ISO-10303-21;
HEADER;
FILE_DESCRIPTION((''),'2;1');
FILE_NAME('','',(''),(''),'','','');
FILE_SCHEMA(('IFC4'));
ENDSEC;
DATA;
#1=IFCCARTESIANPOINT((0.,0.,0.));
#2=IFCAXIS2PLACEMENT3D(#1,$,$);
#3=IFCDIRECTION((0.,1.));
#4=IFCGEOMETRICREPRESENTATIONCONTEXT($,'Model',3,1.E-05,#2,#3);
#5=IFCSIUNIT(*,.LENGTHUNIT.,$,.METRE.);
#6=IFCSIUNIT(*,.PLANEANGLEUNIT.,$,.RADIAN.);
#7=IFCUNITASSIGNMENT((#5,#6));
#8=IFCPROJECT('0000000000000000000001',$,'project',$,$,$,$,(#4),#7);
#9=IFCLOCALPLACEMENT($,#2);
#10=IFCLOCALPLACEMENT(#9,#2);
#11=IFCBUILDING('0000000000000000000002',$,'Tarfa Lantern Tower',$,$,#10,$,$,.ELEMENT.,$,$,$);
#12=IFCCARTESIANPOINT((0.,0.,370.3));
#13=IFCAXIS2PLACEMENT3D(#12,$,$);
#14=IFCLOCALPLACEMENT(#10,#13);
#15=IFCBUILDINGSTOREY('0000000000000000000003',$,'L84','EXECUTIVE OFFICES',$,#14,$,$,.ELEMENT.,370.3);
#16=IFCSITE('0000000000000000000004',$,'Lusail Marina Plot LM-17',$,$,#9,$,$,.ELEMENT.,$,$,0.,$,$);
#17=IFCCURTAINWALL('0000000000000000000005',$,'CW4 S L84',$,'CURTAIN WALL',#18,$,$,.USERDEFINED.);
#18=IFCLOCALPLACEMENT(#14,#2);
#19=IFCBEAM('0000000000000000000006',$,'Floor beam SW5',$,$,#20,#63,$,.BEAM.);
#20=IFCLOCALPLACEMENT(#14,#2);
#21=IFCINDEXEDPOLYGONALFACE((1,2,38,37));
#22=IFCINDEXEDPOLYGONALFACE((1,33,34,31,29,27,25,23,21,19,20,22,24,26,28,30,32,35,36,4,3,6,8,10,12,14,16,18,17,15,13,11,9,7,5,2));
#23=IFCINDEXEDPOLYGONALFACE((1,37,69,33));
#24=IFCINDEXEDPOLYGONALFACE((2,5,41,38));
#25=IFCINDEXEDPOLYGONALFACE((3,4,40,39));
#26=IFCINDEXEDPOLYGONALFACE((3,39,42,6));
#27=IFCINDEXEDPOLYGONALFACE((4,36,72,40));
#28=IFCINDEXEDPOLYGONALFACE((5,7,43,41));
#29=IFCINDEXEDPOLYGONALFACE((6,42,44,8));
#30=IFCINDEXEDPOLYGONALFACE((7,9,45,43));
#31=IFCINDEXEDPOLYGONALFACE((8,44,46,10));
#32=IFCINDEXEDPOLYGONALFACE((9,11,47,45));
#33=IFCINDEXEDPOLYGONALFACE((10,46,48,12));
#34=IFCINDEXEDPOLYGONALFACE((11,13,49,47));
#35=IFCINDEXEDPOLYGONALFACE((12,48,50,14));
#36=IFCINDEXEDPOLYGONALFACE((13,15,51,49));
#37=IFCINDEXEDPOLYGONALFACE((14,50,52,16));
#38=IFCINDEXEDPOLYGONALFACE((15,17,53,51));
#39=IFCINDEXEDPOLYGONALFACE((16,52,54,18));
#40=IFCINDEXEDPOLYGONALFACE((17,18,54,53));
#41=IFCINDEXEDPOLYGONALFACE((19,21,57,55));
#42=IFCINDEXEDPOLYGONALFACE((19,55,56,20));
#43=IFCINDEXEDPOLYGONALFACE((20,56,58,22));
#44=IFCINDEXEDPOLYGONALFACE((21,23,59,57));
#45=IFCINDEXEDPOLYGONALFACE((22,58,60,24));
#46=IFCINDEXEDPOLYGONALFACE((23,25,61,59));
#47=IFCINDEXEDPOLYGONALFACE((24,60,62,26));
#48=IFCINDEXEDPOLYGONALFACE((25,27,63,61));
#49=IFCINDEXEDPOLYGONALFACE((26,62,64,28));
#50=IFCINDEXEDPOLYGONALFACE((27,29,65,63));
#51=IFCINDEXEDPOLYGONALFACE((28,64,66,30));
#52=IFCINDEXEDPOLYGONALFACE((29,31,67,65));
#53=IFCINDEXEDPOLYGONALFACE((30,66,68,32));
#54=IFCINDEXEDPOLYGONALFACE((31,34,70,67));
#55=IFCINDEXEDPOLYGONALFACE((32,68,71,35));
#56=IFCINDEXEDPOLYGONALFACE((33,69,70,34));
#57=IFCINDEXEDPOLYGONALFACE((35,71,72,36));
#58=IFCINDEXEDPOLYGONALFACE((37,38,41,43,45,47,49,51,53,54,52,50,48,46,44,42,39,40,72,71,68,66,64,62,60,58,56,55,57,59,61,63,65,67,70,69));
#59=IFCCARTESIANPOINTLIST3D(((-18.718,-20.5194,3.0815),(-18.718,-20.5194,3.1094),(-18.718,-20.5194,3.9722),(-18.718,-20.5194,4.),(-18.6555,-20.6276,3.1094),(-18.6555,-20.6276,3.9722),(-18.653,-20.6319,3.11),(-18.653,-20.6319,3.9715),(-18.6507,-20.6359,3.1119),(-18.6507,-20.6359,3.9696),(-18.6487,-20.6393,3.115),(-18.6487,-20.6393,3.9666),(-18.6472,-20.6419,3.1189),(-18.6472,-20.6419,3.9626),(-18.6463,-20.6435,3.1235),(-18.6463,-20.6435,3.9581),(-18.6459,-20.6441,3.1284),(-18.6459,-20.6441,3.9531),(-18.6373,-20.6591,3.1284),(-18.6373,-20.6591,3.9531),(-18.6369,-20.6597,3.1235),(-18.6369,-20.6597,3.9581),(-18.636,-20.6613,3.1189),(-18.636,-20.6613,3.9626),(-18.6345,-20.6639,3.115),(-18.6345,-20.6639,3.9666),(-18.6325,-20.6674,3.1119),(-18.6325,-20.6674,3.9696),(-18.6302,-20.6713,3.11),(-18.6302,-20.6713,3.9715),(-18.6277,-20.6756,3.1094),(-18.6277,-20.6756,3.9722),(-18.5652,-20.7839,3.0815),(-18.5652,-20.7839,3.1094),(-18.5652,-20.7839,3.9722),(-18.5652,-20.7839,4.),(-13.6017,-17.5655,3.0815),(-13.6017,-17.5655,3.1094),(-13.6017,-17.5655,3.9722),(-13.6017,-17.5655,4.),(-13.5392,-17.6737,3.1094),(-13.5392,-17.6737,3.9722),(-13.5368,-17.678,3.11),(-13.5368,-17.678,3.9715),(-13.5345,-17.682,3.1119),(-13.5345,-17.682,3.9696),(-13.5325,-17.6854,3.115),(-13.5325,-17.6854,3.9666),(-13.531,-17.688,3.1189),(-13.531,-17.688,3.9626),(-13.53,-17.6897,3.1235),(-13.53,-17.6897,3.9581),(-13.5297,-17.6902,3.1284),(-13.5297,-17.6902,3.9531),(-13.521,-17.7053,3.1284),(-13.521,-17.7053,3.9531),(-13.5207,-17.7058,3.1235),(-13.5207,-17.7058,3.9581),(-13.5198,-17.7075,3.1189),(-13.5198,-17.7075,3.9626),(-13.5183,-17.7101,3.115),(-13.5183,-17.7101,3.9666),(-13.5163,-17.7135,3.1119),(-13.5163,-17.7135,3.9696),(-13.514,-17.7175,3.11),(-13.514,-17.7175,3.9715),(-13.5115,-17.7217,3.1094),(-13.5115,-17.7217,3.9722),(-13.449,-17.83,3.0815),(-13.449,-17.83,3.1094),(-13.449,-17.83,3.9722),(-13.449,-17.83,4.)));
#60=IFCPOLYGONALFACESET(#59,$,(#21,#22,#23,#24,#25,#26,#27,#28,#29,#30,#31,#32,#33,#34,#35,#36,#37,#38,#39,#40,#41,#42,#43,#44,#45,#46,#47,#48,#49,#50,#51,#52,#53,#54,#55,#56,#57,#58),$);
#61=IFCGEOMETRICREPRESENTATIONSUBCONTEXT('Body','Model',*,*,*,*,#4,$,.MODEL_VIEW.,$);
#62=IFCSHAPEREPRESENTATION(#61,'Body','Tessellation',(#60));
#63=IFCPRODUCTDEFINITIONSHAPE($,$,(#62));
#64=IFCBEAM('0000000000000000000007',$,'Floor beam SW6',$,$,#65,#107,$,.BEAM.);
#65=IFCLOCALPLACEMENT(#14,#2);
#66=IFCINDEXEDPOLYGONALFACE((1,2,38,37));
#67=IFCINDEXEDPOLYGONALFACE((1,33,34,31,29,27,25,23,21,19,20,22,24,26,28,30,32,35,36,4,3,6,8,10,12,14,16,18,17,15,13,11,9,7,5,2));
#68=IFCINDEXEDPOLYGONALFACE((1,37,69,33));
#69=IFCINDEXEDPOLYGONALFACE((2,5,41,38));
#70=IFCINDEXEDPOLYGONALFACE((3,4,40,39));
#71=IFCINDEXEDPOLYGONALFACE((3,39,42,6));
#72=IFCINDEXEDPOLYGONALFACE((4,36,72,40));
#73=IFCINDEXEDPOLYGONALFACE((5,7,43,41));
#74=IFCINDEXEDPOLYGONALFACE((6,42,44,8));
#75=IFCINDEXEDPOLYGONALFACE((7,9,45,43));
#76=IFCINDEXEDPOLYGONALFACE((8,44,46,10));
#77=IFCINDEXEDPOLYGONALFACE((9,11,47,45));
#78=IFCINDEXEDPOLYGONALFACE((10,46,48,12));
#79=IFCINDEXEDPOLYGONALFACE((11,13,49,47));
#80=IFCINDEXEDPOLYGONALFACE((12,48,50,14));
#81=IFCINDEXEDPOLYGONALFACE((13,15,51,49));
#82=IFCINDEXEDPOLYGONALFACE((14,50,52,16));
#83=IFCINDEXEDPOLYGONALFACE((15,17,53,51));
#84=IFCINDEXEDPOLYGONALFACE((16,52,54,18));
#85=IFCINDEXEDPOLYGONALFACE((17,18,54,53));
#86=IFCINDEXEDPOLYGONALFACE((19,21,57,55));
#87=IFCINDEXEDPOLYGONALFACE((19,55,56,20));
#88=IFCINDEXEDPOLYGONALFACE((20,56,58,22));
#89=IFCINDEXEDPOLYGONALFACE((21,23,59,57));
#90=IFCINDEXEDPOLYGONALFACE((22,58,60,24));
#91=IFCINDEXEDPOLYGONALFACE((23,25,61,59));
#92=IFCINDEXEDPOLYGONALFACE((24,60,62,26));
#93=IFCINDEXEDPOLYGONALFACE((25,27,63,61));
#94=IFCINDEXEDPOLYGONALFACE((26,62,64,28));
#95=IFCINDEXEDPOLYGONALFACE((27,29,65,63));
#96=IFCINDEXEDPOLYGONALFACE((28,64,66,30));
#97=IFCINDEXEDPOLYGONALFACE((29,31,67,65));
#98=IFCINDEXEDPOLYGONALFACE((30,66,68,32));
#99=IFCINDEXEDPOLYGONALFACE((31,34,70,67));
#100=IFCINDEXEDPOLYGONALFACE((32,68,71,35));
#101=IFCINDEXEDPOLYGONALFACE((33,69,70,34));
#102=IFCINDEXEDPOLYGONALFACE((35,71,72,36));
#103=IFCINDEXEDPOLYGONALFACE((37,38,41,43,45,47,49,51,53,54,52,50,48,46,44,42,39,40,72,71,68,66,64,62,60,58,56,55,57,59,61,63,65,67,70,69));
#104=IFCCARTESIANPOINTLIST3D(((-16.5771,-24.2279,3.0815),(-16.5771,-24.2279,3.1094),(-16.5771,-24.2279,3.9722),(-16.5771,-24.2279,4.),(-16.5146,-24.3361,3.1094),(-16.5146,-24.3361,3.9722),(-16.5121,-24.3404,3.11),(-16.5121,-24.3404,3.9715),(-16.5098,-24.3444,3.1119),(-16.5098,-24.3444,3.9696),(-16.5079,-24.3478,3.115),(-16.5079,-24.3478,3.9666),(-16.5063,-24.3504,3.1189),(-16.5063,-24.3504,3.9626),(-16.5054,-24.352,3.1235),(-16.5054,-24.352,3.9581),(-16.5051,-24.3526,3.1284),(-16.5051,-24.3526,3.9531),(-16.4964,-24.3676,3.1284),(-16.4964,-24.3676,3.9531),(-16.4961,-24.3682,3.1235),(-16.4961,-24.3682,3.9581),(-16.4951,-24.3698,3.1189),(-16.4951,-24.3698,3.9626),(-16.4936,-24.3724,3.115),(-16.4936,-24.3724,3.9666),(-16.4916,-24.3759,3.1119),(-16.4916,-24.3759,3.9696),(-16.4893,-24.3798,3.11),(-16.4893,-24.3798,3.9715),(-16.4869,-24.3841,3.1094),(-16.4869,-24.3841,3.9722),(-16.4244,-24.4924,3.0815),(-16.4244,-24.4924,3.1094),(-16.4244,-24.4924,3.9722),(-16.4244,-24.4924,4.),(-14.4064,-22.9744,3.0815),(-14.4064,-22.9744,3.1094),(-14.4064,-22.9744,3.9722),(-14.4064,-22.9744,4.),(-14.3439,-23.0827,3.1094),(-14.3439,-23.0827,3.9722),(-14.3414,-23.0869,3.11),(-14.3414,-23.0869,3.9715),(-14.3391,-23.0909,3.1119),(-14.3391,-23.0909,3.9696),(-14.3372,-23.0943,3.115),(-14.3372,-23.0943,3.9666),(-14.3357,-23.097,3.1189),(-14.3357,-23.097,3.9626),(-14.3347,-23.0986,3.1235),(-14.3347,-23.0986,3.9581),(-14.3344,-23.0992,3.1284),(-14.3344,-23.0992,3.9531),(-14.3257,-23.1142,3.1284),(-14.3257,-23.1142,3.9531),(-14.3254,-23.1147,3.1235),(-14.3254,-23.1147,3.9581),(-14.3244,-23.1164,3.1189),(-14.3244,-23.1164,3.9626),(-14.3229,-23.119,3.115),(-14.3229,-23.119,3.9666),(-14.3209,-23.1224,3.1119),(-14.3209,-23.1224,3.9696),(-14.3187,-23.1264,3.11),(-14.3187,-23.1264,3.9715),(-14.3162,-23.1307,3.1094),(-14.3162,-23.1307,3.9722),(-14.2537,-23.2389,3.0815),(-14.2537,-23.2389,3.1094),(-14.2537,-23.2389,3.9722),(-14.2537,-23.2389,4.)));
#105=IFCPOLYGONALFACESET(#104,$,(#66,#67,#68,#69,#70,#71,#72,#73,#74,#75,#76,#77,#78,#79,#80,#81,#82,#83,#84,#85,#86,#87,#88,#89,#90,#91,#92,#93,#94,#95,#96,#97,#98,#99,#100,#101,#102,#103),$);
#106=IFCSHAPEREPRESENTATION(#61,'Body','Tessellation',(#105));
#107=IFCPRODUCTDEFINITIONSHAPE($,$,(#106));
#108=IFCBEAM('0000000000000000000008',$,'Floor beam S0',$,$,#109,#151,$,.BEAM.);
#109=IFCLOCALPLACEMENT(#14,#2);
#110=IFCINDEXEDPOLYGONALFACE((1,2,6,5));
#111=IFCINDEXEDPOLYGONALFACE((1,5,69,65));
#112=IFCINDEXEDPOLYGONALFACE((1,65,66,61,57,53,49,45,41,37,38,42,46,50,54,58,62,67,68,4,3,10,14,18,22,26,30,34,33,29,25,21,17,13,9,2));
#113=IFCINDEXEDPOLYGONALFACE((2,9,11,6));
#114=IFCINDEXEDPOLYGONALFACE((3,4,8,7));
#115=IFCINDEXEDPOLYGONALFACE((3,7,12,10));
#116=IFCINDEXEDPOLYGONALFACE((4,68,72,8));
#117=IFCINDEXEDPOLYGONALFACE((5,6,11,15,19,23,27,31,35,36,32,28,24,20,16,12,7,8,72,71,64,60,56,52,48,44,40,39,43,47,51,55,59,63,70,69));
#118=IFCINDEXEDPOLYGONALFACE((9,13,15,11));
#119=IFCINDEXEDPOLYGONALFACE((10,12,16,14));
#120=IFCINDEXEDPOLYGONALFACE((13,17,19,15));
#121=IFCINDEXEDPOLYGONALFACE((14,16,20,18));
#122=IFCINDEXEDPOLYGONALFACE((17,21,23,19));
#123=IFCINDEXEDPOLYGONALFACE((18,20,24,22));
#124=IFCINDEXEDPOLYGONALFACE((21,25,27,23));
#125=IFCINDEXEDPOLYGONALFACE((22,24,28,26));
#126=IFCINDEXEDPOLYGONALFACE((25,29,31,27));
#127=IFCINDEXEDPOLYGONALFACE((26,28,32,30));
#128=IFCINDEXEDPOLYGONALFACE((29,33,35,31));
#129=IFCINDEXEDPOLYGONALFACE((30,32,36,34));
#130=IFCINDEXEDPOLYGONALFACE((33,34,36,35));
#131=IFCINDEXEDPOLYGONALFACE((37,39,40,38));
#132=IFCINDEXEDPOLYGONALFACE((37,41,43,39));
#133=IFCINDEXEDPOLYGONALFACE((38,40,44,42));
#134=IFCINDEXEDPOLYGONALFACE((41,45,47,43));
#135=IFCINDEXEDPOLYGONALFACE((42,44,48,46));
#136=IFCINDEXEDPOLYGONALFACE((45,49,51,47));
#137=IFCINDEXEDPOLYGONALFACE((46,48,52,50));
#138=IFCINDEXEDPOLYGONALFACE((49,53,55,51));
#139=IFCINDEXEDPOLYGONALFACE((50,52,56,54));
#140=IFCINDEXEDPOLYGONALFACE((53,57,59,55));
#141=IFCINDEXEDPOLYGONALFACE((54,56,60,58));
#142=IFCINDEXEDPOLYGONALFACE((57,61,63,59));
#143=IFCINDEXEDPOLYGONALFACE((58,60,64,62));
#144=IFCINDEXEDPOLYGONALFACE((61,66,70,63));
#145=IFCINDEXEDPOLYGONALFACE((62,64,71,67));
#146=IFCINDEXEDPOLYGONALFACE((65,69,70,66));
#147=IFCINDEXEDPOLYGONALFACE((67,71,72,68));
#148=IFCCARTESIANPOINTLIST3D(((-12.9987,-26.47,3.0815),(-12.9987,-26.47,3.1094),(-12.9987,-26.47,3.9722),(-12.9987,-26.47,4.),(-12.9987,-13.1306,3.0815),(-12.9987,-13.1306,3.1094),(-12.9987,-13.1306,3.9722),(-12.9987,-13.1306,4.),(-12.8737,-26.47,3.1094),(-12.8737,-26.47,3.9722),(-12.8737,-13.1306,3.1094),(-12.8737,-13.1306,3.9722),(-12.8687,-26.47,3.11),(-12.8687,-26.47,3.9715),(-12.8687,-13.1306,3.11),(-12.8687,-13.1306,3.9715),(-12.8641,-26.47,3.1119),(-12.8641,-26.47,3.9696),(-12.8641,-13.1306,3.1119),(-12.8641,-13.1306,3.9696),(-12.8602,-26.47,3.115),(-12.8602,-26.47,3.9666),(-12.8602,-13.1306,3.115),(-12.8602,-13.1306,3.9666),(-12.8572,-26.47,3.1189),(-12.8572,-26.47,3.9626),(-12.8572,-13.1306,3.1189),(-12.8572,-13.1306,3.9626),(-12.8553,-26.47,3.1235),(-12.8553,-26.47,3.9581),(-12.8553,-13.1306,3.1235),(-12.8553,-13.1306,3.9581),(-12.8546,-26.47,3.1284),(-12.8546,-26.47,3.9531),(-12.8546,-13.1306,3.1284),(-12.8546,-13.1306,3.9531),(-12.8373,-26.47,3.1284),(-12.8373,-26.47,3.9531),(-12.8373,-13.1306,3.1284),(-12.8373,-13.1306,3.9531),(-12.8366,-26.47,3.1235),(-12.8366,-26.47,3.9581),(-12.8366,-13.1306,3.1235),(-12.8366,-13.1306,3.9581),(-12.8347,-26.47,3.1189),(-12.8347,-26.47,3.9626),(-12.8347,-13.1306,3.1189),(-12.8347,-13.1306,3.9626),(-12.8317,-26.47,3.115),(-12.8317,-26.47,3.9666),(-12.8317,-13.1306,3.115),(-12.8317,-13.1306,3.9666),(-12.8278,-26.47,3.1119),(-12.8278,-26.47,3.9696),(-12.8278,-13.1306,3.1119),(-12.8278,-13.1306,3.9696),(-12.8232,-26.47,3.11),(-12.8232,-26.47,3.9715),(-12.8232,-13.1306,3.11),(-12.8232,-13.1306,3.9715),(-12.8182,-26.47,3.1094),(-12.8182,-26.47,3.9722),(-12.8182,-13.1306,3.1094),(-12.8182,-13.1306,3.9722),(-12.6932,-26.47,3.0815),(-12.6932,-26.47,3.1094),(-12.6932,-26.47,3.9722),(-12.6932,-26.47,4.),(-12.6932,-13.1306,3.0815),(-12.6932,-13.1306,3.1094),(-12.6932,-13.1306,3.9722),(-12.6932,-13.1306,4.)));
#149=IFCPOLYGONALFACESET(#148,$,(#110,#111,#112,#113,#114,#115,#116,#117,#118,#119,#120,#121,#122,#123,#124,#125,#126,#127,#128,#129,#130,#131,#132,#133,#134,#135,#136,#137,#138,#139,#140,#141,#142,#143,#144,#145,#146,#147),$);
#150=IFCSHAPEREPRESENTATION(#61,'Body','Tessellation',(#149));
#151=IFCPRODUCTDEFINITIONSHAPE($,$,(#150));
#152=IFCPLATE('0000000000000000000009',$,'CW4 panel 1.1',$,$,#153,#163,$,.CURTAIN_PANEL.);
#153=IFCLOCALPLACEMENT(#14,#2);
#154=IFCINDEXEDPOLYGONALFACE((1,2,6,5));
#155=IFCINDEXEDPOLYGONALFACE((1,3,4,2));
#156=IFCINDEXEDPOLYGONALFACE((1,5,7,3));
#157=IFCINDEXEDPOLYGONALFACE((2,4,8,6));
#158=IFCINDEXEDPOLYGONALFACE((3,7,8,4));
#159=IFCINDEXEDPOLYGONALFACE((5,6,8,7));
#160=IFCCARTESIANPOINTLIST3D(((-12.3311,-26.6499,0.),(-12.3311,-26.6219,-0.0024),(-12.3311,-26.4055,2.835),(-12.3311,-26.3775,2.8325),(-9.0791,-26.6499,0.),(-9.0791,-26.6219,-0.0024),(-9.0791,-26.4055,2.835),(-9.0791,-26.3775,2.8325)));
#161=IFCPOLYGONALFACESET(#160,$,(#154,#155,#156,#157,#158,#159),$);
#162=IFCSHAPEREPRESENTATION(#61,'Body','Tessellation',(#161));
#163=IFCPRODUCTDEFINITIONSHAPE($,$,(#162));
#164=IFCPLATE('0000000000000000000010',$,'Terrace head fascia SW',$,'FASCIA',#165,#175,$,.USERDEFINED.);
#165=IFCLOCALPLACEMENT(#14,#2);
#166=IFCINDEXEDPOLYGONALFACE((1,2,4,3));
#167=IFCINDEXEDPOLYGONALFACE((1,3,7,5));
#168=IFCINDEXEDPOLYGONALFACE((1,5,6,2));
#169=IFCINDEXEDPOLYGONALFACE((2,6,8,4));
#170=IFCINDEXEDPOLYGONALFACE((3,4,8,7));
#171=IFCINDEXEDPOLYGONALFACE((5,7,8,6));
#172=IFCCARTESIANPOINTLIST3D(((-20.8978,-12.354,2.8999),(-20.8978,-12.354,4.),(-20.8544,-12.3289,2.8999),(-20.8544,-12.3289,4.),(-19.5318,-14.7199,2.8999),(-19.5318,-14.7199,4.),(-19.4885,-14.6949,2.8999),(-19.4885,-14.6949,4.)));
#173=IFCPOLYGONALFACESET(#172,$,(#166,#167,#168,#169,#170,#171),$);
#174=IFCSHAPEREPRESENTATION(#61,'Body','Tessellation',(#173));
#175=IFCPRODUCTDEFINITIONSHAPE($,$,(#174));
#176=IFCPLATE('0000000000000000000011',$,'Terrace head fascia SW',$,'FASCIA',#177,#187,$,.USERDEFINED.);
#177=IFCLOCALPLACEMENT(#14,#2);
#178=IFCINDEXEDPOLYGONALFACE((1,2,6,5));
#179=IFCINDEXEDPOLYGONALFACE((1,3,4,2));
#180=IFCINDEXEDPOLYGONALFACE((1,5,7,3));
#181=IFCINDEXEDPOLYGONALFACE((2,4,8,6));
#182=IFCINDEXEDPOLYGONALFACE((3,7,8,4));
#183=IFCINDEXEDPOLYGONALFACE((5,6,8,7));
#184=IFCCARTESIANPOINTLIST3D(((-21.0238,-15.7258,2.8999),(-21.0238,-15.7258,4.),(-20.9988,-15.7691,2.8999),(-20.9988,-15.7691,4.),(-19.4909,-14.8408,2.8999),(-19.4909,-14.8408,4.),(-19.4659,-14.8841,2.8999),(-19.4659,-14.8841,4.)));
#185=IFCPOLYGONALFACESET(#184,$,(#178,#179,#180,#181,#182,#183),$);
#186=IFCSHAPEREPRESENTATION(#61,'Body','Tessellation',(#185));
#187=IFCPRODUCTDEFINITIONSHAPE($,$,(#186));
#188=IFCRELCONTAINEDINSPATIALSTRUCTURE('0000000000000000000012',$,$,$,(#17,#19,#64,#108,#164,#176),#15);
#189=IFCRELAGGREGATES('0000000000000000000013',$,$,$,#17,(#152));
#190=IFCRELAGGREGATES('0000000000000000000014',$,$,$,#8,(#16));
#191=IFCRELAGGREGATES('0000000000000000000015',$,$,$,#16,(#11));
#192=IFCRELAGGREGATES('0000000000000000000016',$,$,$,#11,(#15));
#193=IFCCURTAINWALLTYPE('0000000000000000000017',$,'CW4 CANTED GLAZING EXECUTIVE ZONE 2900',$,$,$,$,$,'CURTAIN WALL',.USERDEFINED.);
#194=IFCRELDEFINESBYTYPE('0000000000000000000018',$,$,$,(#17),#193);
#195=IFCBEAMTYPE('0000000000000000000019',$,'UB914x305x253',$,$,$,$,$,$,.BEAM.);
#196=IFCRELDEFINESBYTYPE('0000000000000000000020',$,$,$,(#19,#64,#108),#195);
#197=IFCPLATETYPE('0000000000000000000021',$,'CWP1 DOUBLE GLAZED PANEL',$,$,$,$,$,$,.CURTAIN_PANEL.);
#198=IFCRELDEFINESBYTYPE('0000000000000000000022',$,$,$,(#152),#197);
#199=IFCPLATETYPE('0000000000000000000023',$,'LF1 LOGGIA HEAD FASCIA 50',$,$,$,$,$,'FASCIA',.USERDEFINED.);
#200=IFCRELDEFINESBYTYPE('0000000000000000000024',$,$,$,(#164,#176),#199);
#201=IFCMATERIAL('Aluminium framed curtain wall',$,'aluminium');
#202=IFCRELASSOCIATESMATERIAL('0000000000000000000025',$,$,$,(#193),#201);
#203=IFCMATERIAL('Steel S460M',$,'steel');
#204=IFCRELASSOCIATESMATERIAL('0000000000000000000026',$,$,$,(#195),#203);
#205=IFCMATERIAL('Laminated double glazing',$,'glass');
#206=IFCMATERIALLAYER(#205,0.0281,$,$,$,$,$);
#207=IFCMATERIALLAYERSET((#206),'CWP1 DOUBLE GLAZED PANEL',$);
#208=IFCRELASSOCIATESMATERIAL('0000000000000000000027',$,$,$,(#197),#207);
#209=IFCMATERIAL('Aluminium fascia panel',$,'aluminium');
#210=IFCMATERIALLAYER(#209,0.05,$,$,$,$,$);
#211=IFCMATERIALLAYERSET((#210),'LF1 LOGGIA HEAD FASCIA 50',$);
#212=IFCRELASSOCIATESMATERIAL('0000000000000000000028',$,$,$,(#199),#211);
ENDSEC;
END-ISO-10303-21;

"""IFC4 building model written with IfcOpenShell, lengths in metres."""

from ifc_helpers import new_model, si_unit, direction, frame, origin, origin_2d, place, context, subcontext, project, spatial, polyline, rectangle, i_section, outline, extrude, material, layer, layer_set, material_profile, profile_set, type_object, element, aggregate, save


model = new_model("IFC4")

# Units and contexts
model_context = context("Model", 3, precision=1e-05, world=origin(), true_north=direction((0.0, 1.0)))
body_context = subcontext(model_context, "Body", "Model", "MODEL_VIEW")
ifc_project = project(units=[si_unit("LENGTHUNIT", "METRE"), si_unit("PLANEANGLEUNIT", "RADIAN")], contexts=[model_context])

# Site, building, storey
site_placement = place(None, origin())
site = spatial("IfcSite", under=ifc_project, at=site_placement, Name="Lusail Marina Plot LM-17", CompositionType="ELEMENT", RefElevation=0.0)
building_placement = place(site_placement, origin())
building = spatial("IfcBuilding", under=site, at=building_placement, Name="Tarfa Lantern Tower", CompositionType="ELEMENT")
storey_placement = place(building_placement, frame((0.0, 0.0, 370.3)))
storey = spatial("IfcBuildingStorey", under=building, at=storey_placement, Name="L84", Description="EXECUTIVE OFFICES", CompositionType="ELEMENT", Elevation=370.3)

# Curtain wall
ifc_material_1 = material(Name="Aluminium framed curtain wall", Category="aluminium")
curtain_wall_type = type_object("IfcCurtainWallType", Name="CW4 CANTED GLAZING EXECUTIVE ZONE 2900", ElementType="CURTAIN WALL", PredefinedType="USERDEFINED", material=ifc_material_1)
curtain_wall_placement = place(storey_placement, origin())
curtain_wall = element("IfcCurtainWall", 1, at=curtain_wall_placement, inside=storey, type_object=curtain_wall_type, Name="CW4 S L84", ObjectType="CURTAIN WALL", PredefinedType="USERDEFINED")

# Beams
ifc_material_2 = material(Name="Steel S460M", Category="steel")
ifc_material_profile_1 = material_profile(ifc_material_2, i_section(OverallWidth=0.3054, OverallDepth=0.9185, WebThickness=0.0173, FlangeThickness=0.0278, FilletRadius=0.019, at=origin_2d()), Name="UB914x305x253")
ifc_profile_set_1 = profile_set([ifc_material_profile_1], Name="Steel S460M")
beam_type_1 = type_object("IfcBeamType", Name="UB914x305x253", PredefinedType="BEAM", material=ifc_profile_set_1)
beam_1_placement = place(storey_placement, frame((-18.6416, -20.6516, 3.5408), z_axis=(0.866025, 0.500001, 0.0), x_axis=(-0.500001, 0.866025, 0.0)))
element("IfcBeam", 2, at=beam_1_placement, inside=storey, type_object=beam_type_1, Name="Floor beam SW5", PredefinedType="BEAM", context=body_context, shape_type="SweptSolid", body=[
    extrude(i_section(OverallWidth=0.3054, OverallDepth=0.9185, WebThickness=0.0173, FlangeThickness=0.0278, FilletRadius=0.019, at=origin_2d()), origin(), (0.0, 0.0, 1.0), 5.9077),
])
beam_2_placement = place(storey_placement, frame((-16.5007, -24.3601, 3.5408), z_axis=(0.865993, 0.500057, 0.0), x_axis=(-0.500057, 0.865993, 0.0)))
element("IfcBeam", 3, at=beam_2_placement, inside=storey, type_object=beam_type_1, Name="Floor beam SW6", PredefinedType="BEAM", context=body_context, shape_type="SweptSolid", body=[
    extrude(i_section(OverallWidth=0.3054, OverallDepth=0.9185, WebThickness=0.0173, FlangeThickness=0.0278, FilletRadius=0.019, at=origin_2d()), origin(), (0.0, 0.0, 1.0), 2.5066),
])
beam_3_placement = place(storey_placement, frame((-12.8459, -26.47, 3.5408), z_axis=(0.0, 1.0, 0.0), x_axis=(-1.0, 0.0, 0.0)))
element("IfcBeam", 4, at=beam_3_placement, inside=storey, type_object=beam_type_1, Name="Floor beam S0", PredefinedType="BEAM", context=body_context, shape_type="SweptSolid", body=[
    extrude(i_section(OverallWidth=0.3054, OverallDepth=0.9185, WebThickness=0.0173, FlangeThickness=0.0278, FilletRadius=0.019, at=origin_2d()), origin(), (0.0, 0.0, 1.0), 13.3394),
])

# Plate
ifc_material_3 = material(Name="Laminated double glazing", Category="glass")
ifc_layer_1 = layer(ifc_material_3, 0.0281)
ifc_layer_set_1 = layer_set([ifc_layer_1], Name="CWP1 DOUBLE GLAZED PANEL")
plate_type_1 = type_object("IfcPlateType", Name="CWP1 DOUBLE GLAZED PANEL", PredefinedType="CURTAIN_PANEL", material=ifc_layer_set_1)
plate_1_placement = place(storey_placement, frame((-12.3311, -26.6499, 0.0), z_axis=(0.0, -0.996305, 0.085885), x_axis=(1.0, 0.0, 0.0)))
plate_1 = element("IfcPlate", 5, at=plate_1_placement, type_object=plate_type_1, Name="CW4 panel 1.1", PredefinedType="CURTAIN_PANEL", context=body_context, shape_type="SweptSolid", body=[
    extrude(outline(polyline([(0.0, 0.0), (3.252, 0.0), (3.252, 2.8455), (0.0, 2.8455), (0.0, 0.0)])), origin(), (0.0, 0.0, -1.0), 0.0281),
])
aggregate(curtain_wall, [plate_1])

# Plates
ifc_material_4 = material(Name="Aluminium fascia panel", Category="aluminium")
ifc_layer_2 = layer(ifc_material_4, 0.05)
ifc_layer_set_2 = layer_set([ifc_layer_2], Name="LF1 LOGGIA HEAD FASCIA 50")
plate_type_2 = type_object("IfcPlateType", Name="LF1 LOGGIA HEAD FASCIA 50", ElementType="FASCIA", PredefinedType="USERDEFINED", material=ifc_layer_set_2)
plate_2_placement = place(storey_placement, frame((-20.1931, -13.5244, 2.8999), z_axis=(0.0, 0.0, 1.0), x_axis=(0.5, -0.866025, 0.0)))
element("IfcPlate", 6, at=plate_2_placement, inside=storey, type_object=plate_type_2, Name="Terrace head fascia SW", ObjectType="FASCIA", PredefinedType="USERDEFINED", context=body_context, shape_type="SweptSolid", body=[
    extrude(rectangle(XDim=2.7319, YDim=0.05, at=origin_2d()), origin(), (0.0, 0.0, 1.0), 1.1001),
])
plate_3_placement = place(storey_placement, frame((-20.2449, -15.3049, 2.8999), z_axis=(0.0, 0.0, 1.0), x_axis=(0.866025, 0.5, 0.0)))
element("IfcPlate", 7, at=plate_3_placement, inside=storey, type_object=plate_type_2, Name="Terrace head fascia SW", ObjectType="FASCIA", PredefinedType="USERDEFINED", context=body_context, shape_type="SweptSolid", body=[
    extrude(rectangle(XDim=1.77, YDim=0.05, at=origin_2d()), origin(), (0.0, 0.0, 1.0), 1.1001),
])

save(model, "model.ifc")
